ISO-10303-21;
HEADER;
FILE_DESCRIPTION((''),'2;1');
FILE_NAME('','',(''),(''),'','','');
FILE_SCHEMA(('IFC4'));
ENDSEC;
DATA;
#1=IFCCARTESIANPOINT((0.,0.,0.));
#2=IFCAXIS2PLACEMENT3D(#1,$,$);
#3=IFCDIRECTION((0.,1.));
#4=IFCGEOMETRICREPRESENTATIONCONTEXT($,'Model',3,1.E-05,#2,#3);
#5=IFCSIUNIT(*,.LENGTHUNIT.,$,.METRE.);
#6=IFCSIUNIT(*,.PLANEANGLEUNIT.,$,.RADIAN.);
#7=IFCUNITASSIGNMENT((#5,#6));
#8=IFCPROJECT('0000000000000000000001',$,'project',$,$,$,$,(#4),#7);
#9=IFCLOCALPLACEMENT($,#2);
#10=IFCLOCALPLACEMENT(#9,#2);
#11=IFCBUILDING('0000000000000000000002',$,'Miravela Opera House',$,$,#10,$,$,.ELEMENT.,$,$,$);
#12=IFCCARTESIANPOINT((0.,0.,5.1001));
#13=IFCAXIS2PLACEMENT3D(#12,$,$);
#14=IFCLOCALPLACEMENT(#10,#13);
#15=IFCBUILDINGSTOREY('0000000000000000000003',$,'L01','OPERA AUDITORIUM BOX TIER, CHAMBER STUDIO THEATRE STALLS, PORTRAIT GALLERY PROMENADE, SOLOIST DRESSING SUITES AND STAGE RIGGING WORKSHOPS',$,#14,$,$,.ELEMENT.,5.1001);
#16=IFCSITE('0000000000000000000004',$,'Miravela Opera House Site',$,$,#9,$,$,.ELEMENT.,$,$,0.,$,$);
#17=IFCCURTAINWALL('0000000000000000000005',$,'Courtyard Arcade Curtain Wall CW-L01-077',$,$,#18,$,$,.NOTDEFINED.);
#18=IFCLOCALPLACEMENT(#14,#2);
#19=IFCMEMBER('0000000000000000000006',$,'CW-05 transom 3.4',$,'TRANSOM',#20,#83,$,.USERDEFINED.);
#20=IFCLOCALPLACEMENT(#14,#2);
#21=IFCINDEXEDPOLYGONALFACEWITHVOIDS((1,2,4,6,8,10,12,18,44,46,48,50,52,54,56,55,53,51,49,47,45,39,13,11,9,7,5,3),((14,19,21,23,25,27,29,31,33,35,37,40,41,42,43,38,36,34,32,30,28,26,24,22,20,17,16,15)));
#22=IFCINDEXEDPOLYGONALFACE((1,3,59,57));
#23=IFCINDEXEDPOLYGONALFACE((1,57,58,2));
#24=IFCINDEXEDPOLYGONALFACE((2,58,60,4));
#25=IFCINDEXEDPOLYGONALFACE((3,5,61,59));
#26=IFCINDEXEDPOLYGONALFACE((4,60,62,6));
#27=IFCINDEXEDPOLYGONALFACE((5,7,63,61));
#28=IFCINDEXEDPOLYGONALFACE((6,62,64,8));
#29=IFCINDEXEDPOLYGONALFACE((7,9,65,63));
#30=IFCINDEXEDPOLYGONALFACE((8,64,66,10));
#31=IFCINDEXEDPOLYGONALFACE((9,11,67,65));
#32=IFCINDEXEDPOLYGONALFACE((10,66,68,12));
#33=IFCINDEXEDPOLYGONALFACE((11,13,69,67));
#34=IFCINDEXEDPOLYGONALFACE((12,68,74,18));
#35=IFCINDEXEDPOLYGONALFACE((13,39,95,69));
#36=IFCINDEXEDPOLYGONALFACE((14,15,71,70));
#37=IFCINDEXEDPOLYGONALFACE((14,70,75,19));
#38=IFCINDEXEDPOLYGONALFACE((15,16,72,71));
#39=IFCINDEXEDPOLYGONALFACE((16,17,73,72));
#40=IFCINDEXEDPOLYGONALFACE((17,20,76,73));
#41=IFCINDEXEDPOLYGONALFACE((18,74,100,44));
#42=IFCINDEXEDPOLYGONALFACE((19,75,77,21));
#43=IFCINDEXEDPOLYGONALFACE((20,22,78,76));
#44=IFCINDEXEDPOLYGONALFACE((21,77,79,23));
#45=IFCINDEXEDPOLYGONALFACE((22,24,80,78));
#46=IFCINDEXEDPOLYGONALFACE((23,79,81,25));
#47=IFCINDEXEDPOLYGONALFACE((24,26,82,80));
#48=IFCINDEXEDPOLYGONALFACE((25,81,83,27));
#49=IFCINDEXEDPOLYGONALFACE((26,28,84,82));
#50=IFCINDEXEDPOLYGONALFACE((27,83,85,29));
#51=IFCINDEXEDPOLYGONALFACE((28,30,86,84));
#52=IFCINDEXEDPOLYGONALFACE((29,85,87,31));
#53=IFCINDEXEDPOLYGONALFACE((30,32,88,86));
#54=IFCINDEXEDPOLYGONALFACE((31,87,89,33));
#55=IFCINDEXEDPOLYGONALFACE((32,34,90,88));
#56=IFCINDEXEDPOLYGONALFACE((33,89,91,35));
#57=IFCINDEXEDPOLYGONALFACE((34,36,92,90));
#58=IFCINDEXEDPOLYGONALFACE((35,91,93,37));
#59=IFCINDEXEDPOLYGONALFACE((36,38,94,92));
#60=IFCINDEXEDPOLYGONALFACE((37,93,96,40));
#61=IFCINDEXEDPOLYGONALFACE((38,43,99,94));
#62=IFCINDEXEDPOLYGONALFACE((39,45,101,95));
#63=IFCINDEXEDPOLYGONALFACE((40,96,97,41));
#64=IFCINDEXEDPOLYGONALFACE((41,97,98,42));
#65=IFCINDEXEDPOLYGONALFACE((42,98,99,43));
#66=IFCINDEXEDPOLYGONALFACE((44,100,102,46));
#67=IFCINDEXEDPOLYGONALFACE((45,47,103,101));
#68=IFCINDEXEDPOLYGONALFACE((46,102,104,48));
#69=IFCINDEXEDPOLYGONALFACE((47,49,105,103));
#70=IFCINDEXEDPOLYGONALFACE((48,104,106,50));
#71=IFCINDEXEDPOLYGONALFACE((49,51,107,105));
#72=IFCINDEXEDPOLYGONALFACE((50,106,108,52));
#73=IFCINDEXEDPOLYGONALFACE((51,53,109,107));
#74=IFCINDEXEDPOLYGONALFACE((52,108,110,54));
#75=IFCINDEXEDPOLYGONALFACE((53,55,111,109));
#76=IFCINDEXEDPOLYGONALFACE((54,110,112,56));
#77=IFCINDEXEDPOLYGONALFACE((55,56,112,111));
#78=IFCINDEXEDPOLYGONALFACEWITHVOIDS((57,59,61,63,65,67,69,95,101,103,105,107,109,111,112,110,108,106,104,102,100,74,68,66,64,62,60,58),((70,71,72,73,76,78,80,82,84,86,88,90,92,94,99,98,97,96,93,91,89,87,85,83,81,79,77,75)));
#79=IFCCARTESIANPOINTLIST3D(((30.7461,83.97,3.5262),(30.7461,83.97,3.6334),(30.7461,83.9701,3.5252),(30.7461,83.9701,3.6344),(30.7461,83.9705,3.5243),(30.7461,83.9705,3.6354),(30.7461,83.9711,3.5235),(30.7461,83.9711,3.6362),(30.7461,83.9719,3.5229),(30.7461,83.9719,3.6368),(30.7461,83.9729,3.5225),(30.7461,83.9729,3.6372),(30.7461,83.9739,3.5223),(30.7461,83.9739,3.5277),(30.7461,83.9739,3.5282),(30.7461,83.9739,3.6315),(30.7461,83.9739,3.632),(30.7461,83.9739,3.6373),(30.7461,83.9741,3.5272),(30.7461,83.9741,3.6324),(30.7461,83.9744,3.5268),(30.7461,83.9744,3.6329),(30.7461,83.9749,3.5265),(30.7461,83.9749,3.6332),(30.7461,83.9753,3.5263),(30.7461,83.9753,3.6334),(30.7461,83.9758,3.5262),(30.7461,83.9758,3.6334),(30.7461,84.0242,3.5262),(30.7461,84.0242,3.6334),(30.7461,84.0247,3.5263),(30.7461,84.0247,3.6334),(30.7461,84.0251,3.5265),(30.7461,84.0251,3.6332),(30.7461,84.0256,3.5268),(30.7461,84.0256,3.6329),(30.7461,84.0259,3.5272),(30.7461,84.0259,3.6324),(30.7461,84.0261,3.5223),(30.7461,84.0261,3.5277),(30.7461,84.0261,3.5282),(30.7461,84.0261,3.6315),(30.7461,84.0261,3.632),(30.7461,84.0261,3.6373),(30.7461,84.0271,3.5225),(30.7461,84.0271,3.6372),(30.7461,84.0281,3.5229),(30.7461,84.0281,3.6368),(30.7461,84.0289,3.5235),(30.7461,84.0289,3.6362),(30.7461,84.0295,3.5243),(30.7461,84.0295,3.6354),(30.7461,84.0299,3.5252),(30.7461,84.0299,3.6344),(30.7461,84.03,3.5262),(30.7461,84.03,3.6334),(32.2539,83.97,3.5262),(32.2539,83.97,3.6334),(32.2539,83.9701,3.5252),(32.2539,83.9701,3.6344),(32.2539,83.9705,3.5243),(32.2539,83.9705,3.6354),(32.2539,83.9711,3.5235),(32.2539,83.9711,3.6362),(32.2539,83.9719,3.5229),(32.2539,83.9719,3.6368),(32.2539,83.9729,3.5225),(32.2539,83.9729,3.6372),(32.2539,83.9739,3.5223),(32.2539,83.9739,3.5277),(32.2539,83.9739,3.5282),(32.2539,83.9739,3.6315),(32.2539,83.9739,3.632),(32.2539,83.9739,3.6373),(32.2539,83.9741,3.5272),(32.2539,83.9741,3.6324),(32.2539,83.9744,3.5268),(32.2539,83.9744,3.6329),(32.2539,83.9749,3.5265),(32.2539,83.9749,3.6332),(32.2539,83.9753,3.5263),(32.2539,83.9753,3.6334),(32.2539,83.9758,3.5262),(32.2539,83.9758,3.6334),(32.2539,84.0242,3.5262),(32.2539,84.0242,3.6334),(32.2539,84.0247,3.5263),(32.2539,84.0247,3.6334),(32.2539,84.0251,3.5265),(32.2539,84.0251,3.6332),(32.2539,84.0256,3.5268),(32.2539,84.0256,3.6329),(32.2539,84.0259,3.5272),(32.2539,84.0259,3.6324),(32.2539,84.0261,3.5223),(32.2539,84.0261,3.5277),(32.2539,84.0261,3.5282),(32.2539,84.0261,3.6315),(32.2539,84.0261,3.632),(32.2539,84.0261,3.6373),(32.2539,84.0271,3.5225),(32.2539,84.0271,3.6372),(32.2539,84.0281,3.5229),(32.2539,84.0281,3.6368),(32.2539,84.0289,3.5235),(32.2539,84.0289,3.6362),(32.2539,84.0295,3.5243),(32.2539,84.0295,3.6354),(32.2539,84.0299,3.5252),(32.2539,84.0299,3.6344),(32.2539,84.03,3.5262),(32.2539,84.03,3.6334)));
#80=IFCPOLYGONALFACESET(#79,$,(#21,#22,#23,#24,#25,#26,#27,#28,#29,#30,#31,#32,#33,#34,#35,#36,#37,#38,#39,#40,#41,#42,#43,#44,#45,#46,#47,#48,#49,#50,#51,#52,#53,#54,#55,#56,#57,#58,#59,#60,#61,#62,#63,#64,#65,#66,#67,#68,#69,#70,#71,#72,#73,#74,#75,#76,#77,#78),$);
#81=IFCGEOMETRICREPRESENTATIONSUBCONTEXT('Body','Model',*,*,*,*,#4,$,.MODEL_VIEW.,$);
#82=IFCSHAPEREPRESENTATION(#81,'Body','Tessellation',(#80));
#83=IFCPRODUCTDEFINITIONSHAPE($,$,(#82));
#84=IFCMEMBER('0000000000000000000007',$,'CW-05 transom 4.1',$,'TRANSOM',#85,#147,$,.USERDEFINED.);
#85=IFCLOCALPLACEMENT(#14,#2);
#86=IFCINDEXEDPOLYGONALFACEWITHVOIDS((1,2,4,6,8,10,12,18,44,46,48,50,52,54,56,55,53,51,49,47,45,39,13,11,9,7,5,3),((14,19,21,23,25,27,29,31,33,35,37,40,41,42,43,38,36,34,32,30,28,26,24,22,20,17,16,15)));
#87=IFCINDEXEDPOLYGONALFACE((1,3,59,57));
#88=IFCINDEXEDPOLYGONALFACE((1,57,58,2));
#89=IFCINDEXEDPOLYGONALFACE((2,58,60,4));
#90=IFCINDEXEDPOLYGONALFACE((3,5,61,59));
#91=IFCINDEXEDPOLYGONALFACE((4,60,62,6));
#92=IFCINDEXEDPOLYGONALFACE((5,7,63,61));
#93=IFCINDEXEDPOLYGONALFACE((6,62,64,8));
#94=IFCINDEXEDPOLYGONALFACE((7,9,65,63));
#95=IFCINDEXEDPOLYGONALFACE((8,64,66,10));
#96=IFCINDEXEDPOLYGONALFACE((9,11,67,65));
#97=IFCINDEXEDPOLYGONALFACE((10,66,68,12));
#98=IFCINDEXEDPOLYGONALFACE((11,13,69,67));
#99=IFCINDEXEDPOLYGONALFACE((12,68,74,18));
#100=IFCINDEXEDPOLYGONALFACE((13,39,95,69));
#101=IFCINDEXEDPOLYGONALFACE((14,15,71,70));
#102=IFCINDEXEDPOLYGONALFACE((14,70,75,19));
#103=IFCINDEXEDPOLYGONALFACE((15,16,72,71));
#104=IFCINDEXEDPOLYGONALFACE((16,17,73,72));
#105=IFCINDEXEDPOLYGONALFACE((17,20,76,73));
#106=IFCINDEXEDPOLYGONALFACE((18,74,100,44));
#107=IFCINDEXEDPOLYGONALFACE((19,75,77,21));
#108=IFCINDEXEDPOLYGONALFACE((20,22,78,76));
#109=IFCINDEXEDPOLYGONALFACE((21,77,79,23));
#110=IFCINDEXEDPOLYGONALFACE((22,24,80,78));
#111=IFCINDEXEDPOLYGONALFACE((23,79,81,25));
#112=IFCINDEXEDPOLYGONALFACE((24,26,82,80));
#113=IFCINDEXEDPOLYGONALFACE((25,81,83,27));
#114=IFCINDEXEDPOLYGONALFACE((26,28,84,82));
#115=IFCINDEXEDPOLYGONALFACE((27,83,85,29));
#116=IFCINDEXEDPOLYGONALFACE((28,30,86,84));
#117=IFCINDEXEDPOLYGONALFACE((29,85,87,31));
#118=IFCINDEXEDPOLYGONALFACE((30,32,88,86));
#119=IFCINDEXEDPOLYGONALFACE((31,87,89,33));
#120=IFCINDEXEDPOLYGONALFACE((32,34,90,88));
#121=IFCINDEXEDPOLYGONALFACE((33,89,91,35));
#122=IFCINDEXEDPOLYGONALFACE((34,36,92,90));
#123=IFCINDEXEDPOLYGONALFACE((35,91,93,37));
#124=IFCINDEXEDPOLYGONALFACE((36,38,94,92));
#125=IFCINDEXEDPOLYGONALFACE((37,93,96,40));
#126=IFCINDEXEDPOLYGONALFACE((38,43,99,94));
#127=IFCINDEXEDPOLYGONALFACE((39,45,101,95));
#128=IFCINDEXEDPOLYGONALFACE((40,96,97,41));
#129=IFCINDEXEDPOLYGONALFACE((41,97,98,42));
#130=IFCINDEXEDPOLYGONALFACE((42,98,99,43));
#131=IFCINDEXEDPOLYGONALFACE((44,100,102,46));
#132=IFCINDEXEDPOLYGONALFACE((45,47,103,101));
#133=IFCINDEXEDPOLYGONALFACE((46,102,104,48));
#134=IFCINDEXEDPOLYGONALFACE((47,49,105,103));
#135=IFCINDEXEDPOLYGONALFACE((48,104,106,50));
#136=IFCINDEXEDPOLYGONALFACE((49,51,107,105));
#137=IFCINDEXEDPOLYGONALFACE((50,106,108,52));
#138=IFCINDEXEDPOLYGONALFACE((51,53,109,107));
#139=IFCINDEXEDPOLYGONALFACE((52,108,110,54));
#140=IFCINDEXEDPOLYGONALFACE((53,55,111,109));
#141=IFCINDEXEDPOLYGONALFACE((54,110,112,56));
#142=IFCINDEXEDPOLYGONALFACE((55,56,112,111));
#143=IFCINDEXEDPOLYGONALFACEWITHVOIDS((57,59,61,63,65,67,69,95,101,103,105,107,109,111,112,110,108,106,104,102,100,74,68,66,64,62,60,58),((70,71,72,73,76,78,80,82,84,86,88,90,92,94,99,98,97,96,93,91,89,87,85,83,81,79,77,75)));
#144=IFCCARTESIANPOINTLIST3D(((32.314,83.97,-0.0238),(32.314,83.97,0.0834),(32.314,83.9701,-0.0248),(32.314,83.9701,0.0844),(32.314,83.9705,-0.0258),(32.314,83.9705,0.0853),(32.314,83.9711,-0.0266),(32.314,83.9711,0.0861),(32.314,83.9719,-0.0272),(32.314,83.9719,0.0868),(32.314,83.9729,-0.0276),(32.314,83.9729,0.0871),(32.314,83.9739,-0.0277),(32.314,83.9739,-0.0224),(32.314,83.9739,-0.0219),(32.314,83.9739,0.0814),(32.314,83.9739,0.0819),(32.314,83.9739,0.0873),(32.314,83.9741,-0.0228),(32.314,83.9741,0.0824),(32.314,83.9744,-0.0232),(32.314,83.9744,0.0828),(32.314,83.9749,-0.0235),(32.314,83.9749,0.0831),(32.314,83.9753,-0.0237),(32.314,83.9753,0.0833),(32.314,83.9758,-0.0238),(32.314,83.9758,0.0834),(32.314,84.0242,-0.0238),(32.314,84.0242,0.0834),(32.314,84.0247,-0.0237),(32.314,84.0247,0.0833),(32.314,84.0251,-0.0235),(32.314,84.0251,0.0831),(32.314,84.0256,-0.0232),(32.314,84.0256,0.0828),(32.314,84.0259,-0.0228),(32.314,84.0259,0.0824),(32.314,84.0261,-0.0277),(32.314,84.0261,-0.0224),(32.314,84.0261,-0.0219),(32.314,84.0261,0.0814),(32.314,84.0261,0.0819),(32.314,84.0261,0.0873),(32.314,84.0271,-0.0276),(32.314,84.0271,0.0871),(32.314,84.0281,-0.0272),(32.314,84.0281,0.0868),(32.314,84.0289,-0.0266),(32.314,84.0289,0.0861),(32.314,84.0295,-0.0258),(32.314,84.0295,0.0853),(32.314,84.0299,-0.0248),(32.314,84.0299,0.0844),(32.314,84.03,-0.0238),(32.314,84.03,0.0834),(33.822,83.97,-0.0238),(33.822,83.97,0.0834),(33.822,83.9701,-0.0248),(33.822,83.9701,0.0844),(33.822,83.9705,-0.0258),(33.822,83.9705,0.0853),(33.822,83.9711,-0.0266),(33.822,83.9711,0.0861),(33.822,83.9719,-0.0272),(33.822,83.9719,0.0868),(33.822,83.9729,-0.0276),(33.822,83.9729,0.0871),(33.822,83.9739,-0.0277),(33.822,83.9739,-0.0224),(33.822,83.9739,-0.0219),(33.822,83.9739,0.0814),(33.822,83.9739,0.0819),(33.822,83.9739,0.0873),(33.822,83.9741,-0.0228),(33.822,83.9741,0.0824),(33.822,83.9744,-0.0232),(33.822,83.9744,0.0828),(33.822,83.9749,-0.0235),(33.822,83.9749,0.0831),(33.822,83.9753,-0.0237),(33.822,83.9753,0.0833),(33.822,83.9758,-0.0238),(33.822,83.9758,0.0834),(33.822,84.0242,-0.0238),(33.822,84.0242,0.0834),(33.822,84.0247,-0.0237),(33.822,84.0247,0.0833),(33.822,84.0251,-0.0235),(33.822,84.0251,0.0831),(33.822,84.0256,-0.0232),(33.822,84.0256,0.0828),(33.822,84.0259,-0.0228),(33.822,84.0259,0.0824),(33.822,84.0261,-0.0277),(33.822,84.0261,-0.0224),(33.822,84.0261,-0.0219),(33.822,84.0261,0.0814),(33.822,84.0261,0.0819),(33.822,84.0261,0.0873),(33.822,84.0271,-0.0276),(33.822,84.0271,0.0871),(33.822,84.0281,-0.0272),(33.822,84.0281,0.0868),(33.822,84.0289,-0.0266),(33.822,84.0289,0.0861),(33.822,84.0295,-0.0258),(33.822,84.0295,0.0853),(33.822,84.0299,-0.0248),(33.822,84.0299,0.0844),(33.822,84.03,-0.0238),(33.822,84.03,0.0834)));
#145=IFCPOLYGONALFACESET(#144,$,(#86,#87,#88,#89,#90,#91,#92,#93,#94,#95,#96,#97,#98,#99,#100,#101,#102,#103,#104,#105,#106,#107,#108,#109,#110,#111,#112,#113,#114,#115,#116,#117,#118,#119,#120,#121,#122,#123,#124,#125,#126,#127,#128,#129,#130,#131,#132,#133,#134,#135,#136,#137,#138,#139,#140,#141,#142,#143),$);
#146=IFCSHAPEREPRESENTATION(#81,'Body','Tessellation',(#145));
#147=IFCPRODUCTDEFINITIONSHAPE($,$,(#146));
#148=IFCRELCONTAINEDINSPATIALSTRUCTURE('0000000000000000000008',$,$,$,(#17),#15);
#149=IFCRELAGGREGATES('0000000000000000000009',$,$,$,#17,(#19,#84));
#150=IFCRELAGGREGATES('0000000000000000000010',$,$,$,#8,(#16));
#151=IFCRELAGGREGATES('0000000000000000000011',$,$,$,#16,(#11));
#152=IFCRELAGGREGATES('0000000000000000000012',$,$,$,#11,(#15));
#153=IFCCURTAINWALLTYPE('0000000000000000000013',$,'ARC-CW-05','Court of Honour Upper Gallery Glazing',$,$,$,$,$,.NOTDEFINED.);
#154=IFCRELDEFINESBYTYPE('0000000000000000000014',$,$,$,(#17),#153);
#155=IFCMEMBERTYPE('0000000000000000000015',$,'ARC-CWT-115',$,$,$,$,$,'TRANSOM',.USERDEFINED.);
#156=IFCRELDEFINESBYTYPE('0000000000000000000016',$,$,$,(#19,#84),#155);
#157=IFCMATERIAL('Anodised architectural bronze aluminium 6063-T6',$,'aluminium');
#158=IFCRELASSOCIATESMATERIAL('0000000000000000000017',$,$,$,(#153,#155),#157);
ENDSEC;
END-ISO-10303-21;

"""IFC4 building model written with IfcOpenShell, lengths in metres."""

from ifc_helpers import new_model, si_unit, direction, frame, origin, origin_2d, place, context, subcontext, project, spatial, hollow_rectangle, extrude, material, material_profile, profile_set, type_object, element, aggregate, save


model = new_model("IFC4")

# Units and contexts
model_context = context("Model", 3, precision=1e-05, world=origin(), true_north=direction((0.0, 1.0)))
body_context = subcontext(model_context, "Body", "Model", "MODEL_VIEW")
ifc_project = project(units=[si_unit("LENGTHUNIT", "METRE"), si_unit("PLANEANGLEUNIT", "RADIAN")], contexts=[model_context])

# Site, building, storey
site_placement = place(None, origin())
site = spatial("IfcSite", under=ifc_project, at=site_placement, Name="Miravela Opera House Site", CompositionType="ELEMENT", RefElevation=0.0)
building_placement = place(site_placement, origin())
building = spatial("IfcBuilding", under=site, at=building_placement, Name="Miravela Opera House", CompositionType="ELEMENT")
storey_placement = place(building_placement, frame((0.0, 0.0, 5.1001)))
storey = spatial("IfcBuildingStorey", under=building, at=storey_placement, Name="L01", Description="OPERA AUDITORIUM BOX TIER, CHAMBER STUDIO THEATRE STALLS, PORTRAIT GALLERY PROMENADE, SOLOIST DRESSING SUITES AND STAGE RIGGING WORKSHOPS", CompositionType="ELEMENT", Elevation=5.1001)

# Curtain wall, members
ifc_material_1 = material(Name="Anodised architectural bronze aluminium 6063-T6", Category="aluminium")
curtain_wall_type = type_object("IfcCurtainWallType", Name="ARC-CW-05", Description="Court of Honour Upper Gallery Glazing", PredefinedType="NOTDEFINED", material=ifc_material_1)
curtain_wall_placement = place(storey_placement, origin())
curtain_wall = element("IfcCurtainWall", 1, at=curtain_wall_placement, inside=storey, type_object=curtain_wall_type, Name="Courtyard Arcade Curtain Wall CW-L01-077", PredefinedType="NOTDEFINED")
ifc_material_profile_1 = material_profile(ifc_material_1, hollow_rectangle(XDim=0.0601, YDim=0.115, WallThickness=0.0039, InnerFilletRadius=0.002, OuterFilletRadius=0.0039, at=origin_2d()), Name="CWT-60X115")
ifc_profile_set_1 = profile_set([ifc_material_profile_1])
member_type_1 = type_object("IfcMemberType", Name="ARC-CWT-115", ElementType="TRANSOM", PredefinedType="USERDEFINED", material=ifc_profile_set_1)
member_1_placement = place(storey_placement, frame((30.7461, 84.0, 3.5798), z_axis=(1.0, 0.0, 0.0), x_axis=(0.0, 1.0, 0.0)))
member_1 = element("IfcMember", 2, at=member_1_placement, type_object=member_type_1, Name="CW-05 transom 3.4", ObjectType="TRANSOM", PredefinedType="USERDEFINED", context=body_context, shape_type="SweptSolid", body=[
    extrude(hollow_rectangle(XDim=0.0601, YDim=0.115, WallThickness=0.0039, InnerFilletRadius=0.002, OuterFilletRadius=0.0039, at=origin_2d()), origin(), (0.0, 0.0, 1.0), 1.5078),
])
member_2_placement = place(storey_placement, frame((32.314, 84.0, 0.0298), z_axis=(1.0, 0.0, 0.0), x_axis=(0.0, 1.0, 0.0)))
member_2 = element("IfcMember", 3, at=member_2_placement, type_object=member_type_1, Name="CW-05 transom 4.1", ObjectType="TRANSOM", PredefinedType="USERDEFINED", context=body_context, shape_type="SweptSolid", body=[
    extrude(hollow_rectangle(XDim=0.0601, YDim=0.115, WallThickness=0.0039, InnerFilletRadius=0.002, OuterFilletRadius=0.0039, at=origin_2d()), origin(), (0.0, 0.0, 1.0), 1.5081),
])
aggregate(curtain_wall, [member_1, member_2])

save(model, "model.ifc")
